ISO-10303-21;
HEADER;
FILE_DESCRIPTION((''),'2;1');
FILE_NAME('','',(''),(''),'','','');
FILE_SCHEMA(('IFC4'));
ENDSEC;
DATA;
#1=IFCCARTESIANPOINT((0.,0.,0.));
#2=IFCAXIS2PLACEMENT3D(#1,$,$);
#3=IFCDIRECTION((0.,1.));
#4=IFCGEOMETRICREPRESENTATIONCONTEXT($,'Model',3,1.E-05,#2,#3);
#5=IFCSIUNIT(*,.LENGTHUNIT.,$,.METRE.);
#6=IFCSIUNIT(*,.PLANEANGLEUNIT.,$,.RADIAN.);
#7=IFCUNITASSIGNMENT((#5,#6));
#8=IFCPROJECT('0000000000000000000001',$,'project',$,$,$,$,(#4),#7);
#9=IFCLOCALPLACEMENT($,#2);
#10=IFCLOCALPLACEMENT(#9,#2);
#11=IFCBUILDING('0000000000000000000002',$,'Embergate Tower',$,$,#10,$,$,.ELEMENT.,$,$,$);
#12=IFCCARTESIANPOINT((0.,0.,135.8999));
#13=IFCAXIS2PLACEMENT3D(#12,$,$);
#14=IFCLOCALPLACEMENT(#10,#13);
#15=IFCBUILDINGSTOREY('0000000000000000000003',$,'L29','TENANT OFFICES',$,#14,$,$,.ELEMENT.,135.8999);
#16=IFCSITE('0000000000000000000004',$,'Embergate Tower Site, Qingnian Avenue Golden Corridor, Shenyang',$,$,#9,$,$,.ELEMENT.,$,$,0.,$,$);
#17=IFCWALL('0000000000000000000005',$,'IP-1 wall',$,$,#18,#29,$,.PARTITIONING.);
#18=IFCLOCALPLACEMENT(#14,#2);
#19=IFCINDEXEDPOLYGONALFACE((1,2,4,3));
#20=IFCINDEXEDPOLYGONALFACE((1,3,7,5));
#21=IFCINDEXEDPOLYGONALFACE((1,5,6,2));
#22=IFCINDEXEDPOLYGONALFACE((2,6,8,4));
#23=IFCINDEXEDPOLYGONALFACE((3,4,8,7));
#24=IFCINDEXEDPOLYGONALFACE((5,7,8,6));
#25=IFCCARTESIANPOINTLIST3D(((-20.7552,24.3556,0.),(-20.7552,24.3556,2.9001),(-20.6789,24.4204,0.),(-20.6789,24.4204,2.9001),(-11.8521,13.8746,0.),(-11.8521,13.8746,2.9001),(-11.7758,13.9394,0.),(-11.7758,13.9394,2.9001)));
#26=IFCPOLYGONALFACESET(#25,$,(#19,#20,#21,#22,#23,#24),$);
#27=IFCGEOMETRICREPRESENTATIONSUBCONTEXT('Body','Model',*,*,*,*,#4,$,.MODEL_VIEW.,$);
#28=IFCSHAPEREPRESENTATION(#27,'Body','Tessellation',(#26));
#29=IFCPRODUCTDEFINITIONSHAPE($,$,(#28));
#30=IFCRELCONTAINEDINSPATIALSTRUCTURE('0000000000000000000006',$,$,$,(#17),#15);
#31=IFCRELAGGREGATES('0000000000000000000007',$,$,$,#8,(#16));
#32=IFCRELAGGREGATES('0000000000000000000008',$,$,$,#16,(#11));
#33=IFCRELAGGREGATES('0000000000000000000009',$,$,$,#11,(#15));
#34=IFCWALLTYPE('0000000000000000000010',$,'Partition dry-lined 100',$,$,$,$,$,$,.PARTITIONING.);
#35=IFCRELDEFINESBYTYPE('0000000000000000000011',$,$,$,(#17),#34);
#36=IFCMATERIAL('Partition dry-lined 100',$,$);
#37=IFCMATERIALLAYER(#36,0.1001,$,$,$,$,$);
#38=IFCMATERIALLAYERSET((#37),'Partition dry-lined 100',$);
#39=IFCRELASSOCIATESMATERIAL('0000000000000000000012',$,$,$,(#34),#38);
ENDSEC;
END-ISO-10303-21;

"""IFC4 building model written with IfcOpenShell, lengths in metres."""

from ifc_helpers import new_model, si_unit, direction, frame, frame_2d, origin, place, context, subcontext, project, spatial, rectangle, extrude, source, transform, mapped, material, layer, layer_set, type_object, element, save


model = new_model("IFC4")

# Units and contexts
model_context = context("Model", 3, precision=1e-05, world=origin(), true_north=direction((0.0, 1.0)))
body_context = subcontext(model_context, "Body", "Model", "MODEL_VIEW")
ifc_project = project(units=[si_unit("LENGTHUNIT", "METRE"), si_unit("PLANEANGLEUNIT", "RADIAN")], contexts=[model_context])

# Site, building, storey
site_placement = place(None, origin())
site = spatial("IfcSite", under=ifc_project, at=site_placement, Name="Embergate Tower Site, Qingnian Avenue Golden Corridor, Shenyang", CompositionType="ELEMENT", RefElevation=0.0)
building_placement = place(site_placement, origin())
building = spatial("IfcBuilding", under=site, at=building_placement, Name="Embergate Tower", CompositionType="ELEMENT")
storey_placement = place(building_placement, frame((0.0, 0.0, 135.8999)))
storey = spatial("IfcBuildingStorey", under=building, at=storey_placement, Name="L29", Description="TENANT OFFICES", CompositionType="ELEMENT", Elevation=135.8999)

# Shared definitions
ifc_material_1 = material(Name="Partition dry-lined 100")
ifc_layer_1 = layer(ifc_material_1, 0.1001)
ifc_layer_set_1 = layer_set([ifc_layer_1], Name="Partition dry-lined 100")
wall_type_1 = type_object("IfcWallType", Name="Partition dry-lined 100", PredefinedType="PARTITIONING", material=ifc_layer_set_1)

# Wall
shared_shape_1 = source(origin(), body_context, "Body", "SweptSolid", [
    extrude(rectangle(XDim=13.752, YDim=0.1001, at=frame_2d((6.876, 0.0))), origin(), (0.0, 0.0, 1.0), 2.9001),
])
wall_1_placement = place(storey_placement, frame((-11.814, 13.907, 0.0), z_axis=(0.0, 0.0, 1.0), x_axis=(-0.647406, 0.762145, 0.0)))
element("IfcWall", 1, at=wall_1_placement, inside=storey, type_object=wall_type_1, Name="IP-1 wall", PredefinedType="PARTITIONING", context=body_context, shape_type="MappedRepresentation", body=[
    mapped(shared_shape_1, transform((0.0, 0.0, 0.0))),
])

save(model, "model.ifc")
